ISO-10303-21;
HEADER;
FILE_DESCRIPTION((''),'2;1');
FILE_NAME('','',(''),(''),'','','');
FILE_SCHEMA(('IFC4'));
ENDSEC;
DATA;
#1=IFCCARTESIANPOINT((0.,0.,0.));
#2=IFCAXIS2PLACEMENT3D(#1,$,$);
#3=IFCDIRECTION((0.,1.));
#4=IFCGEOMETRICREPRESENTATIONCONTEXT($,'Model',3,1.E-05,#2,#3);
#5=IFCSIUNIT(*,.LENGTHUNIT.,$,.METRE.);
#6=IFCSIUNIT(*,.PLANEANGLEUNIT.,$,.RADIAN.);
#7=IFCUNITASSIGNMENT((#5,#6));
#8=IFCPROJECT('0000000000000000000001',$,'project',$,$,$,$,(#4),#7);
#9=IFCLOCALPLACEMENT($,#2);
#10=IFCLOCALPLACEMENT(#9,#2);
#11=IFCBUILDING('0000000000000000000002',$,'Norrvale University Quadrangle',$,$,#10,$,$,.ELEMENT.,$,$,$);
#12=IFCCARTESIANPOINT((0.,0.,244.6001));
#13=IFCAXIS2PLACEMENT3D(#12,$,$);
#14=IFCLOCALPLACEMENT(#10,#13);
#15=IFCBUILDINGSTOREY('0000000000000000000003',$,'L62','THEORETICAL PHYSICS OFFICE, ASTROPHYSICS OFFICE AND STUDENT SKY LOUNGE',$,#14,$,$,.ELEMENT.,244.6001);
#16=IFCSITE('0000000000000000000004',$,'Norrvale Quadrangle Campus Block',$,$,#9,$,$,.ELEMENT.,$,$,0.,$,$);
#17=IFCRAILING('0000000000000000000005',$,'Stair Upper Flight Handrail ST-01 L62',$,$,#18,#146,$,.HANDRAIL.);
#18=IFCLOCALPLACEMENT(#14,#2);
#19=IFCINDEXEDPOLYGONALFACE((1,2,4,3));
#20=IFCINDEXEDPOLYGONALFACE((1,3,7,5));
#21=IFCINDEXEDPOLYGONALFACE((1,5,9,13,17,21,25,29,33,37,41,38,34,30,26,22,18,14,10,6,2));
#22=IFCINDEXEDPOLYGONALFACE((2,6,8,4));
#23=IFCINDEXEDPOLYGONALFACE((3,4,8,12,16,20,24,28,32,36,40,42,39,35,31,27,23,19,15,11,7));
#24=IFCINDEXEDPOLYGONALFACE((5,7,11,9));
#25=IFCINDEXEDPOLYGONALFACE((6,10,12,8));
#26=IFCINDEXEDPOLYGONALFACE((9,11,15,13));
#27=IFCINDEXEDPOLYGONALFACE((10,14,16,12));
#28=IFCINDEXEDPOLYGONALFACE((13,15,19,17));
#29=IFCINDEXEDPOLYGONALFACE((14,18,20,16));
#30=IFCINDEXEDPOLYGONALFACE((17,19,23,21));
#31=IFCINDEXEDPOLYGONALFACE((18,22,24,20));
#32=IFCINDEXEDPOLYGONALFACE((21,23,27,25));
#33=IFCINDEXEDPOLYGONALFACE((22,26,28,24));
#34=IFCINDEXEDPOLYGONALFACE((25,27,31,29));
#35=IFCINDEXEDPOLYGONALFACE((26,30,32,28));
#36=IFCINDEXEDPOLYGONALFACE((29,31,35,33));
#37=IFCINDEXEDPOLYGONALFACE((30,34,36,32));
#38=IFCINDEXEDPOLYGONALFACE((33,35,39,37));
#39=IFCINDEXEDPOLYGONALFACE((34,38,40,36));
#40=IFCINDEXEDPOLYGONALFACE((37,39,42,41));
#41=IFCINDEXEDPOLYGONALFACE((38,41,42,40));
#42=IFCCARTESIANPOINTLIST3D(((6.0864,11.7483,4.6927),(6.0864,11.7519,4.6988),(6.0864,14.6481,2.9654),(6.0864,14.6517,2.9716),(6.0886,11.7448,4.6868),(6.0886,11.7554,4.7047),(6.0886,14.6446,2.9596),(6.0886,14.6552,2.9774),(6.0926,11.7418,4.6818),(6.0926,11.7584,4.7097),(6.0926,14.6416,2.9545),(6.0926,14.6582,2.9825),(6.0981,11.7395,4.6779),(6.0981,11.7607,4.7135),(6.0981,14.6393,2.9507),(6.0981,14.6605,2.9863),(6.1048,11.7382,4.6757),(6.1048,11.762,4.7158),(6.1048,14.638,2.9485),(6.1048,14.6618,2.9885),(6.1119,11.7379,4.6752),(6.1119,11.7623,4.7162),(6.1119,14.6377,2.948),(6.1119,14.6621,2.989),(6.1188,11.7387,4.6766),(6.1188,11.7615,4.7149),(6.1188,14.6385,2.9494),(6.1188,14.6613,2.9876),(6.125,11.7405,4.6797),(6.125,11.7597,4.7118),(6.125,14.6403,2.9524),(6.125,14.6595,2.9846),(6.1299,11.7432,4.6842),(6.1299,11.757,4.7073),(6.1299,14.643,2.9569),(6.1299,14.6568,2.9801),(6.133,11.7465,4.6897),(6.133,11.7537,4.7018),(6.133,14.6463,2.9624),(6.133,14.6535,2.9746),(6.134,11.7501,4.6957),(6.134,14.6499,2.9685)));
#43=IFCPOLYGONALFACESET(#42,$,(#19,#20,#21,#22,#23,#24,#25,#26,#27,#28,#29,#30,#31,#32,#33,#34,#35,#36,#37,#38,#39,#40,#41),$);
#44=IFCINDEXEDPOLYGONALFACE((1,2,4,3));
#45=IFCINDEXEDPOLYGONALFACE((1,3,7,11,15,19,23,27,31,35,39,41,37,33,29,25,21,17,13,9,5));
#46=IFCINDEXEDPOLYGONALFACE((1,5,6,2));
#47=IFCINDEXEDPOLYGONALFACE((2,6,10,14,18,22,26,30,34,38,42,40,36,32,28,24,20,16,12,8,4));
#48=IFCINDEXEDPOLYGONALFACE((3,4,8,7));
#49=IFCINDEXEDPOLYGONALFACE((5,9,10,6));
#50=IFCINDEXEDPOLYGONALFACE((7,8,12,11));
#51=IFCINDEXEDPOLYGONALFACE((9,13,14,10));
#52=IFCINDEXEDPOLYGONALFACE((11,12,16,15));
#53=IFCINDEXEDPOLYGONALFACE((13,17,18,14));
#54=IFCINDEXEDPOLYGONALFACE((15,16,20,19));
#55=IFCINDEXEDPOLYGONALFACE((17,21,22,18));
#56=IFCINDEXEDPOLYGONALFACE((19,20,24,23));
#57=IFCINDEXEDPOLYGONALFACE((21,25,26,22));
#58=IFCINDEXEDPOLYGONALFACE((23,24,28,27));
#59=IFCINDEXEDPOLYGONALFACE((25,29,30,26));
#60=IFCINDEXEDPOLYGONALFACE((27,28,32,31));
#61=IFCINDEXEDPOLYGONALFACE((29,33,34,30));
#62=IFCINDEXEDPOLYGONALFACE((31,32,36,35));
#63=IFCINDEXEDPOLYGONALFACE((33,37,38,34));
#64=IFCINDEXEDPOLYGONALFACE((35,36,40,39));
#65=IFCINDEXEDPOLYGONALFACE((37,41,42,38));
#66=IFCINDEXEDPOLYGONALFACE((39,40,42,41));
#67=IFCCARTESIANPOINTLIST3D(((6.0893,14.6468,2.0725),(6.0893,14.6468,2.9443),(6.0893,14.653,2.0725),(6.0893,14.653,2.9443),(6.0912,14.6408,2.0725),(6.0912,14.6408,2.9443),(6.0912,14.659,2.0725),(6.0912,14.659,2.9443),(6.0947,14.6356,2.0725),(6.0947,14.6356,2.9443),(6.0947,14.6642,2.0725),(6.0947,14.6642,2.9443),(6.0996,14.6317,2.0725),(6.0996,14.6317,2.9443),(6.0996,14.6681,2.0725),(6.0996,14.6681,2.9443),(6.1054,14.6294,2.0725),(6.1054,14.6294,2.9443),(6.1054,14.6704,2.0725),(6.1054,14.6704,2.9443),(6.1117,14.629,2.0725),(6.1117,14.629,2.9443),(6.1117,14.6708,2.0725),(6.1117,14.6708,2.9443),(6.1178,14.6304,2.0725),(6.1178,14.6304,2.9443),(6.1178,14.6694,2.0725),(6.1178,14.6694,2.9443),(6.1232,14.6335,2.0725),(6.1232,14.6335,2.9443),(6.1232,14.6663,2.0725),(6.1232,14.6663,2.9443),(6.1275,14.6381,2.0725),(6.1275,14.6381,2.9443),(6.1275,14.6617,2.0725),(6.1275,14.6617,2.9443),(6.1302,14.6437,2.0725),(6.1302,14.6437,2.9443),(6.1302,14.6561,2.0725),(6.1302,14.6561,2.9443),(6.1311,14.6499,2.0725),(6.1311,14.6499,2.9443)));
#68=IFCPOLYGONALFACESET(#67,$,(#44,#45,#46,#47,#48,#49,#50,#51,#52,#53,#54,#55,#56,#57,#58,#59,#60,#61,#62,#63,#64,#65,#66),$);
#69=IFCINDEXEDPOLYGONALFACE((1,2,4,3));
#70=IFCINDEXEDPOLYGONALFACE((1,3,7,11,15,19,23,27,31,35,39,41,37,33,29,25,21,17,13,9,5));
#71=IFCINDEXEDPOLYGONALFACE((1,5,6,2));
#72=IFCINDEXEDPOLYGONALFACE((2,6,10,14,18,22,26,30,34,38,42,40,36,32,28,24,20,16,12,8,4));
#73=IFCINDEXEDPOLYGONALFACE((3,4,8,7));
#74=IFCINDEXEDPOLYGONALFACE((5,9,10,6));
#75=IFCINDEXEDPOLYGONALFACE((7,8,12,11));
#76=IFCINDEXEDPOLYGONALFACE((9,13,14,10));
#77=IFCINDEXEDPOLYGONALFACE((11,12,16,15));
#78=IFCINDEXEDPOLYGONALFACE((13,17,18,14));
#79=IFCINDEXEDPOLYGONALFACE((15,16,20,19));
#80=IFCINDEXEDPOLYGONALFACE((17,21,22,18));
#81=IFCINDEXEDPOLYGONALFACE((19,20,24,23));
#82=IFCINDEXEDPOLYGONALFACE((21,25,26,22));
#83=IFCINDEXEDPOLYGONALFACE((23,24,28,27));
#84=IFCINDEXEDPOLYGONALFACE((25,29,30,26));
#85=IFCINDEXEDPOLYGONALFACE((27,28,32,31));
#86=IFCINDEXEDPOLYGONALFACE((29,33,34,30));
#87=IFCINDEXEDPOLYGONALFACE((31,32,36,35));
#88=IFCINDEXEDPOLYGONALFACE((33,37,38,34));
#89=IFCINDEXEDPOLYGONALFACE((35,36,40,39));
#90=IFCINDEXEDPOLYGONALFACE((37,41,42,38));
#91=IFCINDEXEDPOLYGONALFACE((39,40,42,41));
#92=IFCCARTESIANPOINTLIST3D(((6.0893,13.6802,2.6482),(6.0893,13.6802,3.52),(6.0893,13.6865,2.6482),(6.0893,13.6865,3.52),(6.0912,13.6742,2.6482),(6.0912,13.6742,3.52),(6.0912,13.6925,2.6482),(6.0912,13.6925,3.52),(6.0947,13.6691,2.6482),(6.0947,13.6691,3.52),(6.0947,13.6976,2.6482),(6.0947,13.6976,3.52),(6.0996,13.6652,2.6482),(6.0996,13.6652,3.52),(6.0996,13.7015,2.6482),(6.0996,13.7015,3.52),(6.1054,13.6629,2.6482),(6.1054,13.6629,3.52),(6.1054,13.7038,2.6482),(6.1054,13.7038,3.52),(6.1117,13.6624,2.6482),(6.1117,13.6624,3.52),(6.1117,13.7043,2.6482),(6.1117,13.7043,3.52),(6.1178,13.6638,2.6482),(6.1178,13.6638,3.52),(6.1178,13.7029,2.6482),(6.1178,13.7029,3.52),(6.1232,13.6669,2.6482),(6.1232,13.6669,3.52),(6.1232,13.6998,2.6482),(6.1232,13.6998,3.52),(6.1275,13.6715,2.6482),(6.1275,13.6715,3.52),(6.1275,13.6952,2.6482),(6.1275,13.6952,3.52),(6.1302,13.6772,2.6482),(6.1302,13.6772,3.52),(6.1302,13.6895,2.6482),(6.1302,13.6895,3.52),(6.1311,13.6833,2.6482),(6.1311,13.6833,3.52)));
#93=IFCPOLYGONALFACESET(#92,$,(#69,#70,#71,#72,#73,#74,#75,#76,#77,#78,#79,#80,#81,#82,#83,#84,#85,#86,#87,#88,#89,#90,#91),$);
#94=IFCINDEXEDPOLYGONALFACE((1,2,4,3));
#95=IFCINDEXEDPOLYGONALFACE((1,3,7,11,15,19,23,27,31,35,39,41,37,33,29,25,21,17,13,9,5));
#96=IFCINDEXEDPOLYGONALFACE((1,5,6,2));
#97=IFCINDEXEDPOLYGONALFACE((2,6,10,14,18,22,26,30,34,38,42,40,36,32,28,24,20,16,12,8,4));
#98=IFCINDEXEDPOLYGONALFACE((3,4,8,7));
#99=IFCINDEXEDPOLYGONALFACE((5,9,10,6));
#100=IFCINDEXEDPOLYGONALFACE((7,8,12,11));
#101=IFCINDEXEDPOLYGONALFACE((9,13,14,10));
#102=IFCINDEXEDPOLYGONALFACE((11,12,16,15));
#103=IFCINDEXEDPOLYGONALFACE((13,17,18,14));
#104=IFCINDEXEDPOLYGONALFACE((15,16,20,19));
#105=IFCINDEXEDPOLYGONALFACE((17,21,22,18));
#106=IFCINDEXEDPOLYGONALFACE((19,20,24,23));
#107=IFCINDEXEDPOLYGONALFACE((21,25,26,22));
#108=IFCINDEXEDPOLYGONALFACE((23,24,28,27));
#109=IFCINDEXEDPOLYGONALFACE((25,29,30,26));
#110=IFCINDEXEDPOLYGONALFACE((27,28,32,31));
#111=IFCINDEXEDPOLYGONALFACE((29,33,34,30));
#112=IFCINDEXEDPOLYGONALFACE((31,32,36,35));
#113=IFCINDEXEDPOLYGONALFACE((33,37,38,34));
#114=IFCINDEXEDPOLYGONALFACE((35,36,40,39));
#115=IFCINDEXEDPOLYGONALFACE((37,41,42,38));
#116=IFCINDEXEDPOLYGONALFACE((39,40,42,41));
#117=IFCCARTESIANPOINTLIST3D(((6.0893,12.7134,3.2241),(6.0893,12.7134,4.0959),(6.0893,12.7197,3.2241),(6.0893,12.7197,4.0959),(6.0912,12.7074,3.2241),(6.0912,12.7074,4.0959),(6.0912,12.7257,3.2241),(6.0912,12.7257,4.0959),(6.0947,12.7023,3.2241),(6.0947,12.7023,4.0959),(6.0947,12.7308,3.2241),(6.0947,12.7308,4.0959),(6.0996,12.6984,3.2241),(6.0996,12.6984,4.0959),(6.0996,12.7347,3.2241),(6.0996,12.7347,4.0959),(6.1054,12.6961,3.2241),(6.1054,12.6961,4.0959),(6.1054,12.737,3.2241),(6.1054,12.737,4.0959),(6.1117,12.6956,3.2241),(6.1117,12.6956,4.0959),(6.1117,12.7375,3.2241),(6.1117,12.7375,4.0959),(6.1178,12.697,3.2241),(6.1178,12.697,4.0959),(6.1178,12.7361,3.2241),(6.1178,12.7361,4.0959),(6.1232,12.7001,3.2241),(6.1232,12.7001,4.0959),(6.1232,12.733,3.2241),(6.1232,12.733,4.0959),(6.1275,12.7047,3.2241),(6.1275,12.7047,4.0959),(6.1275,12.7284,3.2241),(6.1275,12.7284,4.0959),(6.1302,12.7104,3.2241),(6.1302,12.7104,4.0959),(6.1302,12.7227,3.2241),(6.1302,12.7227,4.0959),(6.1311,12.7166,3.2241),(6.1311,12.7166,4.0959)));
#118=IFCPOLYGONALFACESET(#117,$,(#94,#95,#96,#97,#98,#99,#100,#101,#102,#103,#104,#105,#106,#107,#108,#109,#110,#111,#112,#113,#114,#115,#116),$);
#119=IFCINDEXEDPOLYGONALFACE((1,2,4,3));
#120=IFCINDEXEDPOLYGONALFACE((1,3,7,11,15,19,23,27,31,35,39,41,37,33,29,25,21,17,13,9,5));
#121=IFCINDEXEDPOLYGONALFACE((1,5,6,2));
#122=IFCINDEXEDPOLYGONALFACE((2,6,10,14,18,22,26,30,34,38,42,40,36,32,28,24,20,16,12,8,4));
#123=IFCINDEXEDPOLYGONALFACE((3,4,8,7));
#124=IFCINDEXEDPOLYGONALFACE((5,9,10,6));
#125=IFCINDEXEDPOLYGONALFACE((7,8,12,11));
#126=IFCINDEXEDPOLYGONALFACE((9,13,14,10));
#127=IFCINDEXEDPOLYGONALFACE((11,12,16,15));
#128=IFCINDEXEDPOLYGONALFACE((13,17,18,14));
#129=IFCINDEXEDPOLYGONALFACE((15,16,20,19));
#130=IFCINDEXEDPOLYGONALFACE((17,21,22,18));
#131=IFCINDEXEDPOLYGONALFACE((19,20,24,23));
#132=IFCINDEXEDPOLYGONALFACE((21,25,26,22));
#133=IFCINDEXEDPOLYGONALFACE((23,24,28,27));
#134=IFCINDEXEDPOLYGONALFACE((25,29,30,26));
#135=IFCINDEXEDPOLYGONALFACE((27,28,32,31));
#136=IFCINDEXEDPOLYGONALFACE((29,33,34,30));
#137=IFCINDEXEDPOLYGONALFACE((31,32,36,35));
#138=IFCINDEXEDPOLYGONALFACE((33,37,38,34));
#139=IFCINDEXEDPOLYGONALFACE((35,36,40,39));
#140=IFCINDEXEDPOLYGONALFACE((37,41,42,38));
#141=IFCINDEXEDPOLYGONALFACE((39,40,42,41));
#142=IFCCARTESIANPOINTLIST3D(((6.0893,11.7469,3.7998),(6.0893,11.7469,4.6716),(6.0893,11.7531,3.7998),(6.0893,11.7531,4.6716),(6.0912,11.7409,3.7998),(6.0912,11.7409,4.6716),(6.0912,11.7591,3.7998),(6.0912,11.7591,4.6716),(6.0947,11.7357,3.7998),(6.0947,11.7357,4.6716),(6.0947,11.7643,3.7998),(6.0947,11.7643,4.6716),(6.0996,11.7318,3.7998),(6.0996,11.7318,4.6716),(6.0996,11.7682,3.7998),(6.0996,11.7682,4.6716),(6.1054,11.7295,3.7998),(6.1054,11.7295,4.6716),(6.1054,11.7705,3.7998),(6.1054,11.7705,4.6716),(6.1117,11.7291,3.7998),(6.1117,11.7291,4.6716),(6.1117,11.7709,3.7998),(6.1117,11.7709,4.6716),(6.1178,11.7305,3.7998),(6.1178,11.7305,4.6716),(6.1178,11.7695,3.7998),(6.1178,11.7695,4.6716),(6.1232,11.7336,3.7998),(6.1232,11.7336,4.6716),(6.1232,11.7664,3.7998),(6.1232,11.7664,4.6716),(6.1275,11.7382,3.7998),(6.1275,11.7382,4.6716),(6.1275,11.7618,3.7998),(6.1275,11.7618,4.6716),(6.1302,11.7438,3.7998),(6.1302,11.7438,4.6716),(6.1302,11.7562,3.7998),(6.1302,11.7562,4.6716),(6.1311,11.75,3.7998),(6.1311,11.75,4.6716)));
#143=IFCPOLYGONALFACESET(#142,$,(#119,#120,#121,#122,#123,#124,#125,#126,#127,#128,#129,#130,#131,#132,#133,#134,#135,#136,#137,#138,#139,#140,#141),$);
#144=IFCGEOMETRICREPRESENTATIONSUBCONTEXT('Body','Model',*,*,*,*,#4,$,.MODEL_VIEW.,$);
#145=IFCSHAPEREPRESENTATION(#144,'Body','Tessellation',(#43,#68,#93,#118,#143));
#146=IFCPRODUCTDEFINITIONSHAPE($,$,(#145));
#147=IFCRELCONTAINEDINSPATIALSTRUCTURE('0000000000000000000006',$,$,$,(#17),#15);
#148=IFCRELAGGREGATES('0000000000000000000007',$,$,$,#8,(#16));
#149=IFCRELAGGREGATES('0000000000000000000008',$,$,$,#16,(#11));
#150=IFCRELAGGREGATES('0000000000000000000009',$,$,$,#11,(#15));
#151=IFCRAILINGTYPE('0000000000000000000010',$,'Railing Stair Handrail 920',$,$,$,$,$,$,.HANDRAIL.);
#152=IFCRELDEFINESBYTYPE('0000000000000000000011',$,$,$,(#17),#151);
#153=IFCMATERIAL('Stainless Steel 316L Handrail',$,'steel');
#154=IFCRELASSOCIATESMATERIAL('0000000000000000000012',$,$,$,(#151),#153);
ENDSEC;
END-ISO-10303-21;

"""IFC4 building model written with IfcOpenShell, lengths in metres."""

from ifc_helpers import new_model, si_unit, direction, frame, origin, origin_2d, place, context, subcontext, project, spatial, circle, extrude, material, type_object, element, save


model = new_model("IFC4")

# Units and contexts
model_context = context("Model", 3, precision=1e-05, world=origin(), true_north=direction((0.0, 1.0)))
body_context = subcontext(model_context, "Body", "Model", "MODEL_VIEW")
ifc_project = project(units=[si_unit("LENGTHUNIT", "METRE"), si_unit("PLANEANGLEUNIT", "RADIAN")], contexts=[model_context])

# Site, building, storey
site_placement = place(None, origin())
site = spatial("IfcSite", under=ifc_project, at=site_placement, Name="Norrvale Quadrangle Campus Block", CompositionType="ELEMENT", RefElevation=0.0)
building_placement = place(site_placement, origin())
building = spatial("IfcBuilding", under=site, at=building_placement, Name="Norrvale University Quadrangle", CompositionType="ELEMENT")
storey_placement = place(building_placement, frame((0.0, 0.0, 244.6001)))
storey = spatial("IfcBuildingStorey", under=building, at=storey_placement, Name="L62", Description="THEORETICAL PHYSICS OFFICE, ASTROPHYSICS OFFICE AND STUDENT SKY LOUNGE", CompositionType="ELEMENT", Elevation=244.6001)

# Railing
ifc_material_1 = material(Name="Stainless Steel 316L Handrail", Category="steel")
railing_type_1 = type_object("IfcRailingType", Name="Railing Stair Handrail 920", PredefinedType="HANDRAIL", material=ifc_material_1)
railing_1_placement = place(storey_placement, frame((6.1101, 14.6499, 2.0725)))
element("IfcRailing", 1, at=railing_1_placement, inside=storey, type_object=railing_type_1, Name="Stair Upper Flight Handrail ST-01 L62", PredefinedType="HANDRAIL", context=body_context, shape_type="SweptSolid", body=[
    extrude(circle(Radius=0.0239, at=origin_2d()), frame((0.0, 0.0, 0.896), z_axis=(0.0, -0.859141, 0.511738), x_axis=(1.0, 0.0, 0.0)), (0.0, 0.0, 1.0), 3.3752),
    extrude(circle(Radius=0.021, at=origin_2d()), origin(), (0.0, 0.0, 1.0), 0.8718),
    extrude(circle(Radius=0.021, at=origin_2d()), frame((0.0, -0.9666, 0.5757)), (0.0, 0.0, 1.0), 0.8718),
    extrude(circle(Radius=0.021, at=origin_2d()), frame((0.0, -1.9333, 1.1516)), (0.0, 0.0, 1.0), 0.8718),
    extrude(circle(Radius=0.021, at=origin_2d()), frame((0.0, -2.8999, 1.7273)), (0.0, 0.0, 1.0), 0.8718),
])

save(model, "model.ifc")
